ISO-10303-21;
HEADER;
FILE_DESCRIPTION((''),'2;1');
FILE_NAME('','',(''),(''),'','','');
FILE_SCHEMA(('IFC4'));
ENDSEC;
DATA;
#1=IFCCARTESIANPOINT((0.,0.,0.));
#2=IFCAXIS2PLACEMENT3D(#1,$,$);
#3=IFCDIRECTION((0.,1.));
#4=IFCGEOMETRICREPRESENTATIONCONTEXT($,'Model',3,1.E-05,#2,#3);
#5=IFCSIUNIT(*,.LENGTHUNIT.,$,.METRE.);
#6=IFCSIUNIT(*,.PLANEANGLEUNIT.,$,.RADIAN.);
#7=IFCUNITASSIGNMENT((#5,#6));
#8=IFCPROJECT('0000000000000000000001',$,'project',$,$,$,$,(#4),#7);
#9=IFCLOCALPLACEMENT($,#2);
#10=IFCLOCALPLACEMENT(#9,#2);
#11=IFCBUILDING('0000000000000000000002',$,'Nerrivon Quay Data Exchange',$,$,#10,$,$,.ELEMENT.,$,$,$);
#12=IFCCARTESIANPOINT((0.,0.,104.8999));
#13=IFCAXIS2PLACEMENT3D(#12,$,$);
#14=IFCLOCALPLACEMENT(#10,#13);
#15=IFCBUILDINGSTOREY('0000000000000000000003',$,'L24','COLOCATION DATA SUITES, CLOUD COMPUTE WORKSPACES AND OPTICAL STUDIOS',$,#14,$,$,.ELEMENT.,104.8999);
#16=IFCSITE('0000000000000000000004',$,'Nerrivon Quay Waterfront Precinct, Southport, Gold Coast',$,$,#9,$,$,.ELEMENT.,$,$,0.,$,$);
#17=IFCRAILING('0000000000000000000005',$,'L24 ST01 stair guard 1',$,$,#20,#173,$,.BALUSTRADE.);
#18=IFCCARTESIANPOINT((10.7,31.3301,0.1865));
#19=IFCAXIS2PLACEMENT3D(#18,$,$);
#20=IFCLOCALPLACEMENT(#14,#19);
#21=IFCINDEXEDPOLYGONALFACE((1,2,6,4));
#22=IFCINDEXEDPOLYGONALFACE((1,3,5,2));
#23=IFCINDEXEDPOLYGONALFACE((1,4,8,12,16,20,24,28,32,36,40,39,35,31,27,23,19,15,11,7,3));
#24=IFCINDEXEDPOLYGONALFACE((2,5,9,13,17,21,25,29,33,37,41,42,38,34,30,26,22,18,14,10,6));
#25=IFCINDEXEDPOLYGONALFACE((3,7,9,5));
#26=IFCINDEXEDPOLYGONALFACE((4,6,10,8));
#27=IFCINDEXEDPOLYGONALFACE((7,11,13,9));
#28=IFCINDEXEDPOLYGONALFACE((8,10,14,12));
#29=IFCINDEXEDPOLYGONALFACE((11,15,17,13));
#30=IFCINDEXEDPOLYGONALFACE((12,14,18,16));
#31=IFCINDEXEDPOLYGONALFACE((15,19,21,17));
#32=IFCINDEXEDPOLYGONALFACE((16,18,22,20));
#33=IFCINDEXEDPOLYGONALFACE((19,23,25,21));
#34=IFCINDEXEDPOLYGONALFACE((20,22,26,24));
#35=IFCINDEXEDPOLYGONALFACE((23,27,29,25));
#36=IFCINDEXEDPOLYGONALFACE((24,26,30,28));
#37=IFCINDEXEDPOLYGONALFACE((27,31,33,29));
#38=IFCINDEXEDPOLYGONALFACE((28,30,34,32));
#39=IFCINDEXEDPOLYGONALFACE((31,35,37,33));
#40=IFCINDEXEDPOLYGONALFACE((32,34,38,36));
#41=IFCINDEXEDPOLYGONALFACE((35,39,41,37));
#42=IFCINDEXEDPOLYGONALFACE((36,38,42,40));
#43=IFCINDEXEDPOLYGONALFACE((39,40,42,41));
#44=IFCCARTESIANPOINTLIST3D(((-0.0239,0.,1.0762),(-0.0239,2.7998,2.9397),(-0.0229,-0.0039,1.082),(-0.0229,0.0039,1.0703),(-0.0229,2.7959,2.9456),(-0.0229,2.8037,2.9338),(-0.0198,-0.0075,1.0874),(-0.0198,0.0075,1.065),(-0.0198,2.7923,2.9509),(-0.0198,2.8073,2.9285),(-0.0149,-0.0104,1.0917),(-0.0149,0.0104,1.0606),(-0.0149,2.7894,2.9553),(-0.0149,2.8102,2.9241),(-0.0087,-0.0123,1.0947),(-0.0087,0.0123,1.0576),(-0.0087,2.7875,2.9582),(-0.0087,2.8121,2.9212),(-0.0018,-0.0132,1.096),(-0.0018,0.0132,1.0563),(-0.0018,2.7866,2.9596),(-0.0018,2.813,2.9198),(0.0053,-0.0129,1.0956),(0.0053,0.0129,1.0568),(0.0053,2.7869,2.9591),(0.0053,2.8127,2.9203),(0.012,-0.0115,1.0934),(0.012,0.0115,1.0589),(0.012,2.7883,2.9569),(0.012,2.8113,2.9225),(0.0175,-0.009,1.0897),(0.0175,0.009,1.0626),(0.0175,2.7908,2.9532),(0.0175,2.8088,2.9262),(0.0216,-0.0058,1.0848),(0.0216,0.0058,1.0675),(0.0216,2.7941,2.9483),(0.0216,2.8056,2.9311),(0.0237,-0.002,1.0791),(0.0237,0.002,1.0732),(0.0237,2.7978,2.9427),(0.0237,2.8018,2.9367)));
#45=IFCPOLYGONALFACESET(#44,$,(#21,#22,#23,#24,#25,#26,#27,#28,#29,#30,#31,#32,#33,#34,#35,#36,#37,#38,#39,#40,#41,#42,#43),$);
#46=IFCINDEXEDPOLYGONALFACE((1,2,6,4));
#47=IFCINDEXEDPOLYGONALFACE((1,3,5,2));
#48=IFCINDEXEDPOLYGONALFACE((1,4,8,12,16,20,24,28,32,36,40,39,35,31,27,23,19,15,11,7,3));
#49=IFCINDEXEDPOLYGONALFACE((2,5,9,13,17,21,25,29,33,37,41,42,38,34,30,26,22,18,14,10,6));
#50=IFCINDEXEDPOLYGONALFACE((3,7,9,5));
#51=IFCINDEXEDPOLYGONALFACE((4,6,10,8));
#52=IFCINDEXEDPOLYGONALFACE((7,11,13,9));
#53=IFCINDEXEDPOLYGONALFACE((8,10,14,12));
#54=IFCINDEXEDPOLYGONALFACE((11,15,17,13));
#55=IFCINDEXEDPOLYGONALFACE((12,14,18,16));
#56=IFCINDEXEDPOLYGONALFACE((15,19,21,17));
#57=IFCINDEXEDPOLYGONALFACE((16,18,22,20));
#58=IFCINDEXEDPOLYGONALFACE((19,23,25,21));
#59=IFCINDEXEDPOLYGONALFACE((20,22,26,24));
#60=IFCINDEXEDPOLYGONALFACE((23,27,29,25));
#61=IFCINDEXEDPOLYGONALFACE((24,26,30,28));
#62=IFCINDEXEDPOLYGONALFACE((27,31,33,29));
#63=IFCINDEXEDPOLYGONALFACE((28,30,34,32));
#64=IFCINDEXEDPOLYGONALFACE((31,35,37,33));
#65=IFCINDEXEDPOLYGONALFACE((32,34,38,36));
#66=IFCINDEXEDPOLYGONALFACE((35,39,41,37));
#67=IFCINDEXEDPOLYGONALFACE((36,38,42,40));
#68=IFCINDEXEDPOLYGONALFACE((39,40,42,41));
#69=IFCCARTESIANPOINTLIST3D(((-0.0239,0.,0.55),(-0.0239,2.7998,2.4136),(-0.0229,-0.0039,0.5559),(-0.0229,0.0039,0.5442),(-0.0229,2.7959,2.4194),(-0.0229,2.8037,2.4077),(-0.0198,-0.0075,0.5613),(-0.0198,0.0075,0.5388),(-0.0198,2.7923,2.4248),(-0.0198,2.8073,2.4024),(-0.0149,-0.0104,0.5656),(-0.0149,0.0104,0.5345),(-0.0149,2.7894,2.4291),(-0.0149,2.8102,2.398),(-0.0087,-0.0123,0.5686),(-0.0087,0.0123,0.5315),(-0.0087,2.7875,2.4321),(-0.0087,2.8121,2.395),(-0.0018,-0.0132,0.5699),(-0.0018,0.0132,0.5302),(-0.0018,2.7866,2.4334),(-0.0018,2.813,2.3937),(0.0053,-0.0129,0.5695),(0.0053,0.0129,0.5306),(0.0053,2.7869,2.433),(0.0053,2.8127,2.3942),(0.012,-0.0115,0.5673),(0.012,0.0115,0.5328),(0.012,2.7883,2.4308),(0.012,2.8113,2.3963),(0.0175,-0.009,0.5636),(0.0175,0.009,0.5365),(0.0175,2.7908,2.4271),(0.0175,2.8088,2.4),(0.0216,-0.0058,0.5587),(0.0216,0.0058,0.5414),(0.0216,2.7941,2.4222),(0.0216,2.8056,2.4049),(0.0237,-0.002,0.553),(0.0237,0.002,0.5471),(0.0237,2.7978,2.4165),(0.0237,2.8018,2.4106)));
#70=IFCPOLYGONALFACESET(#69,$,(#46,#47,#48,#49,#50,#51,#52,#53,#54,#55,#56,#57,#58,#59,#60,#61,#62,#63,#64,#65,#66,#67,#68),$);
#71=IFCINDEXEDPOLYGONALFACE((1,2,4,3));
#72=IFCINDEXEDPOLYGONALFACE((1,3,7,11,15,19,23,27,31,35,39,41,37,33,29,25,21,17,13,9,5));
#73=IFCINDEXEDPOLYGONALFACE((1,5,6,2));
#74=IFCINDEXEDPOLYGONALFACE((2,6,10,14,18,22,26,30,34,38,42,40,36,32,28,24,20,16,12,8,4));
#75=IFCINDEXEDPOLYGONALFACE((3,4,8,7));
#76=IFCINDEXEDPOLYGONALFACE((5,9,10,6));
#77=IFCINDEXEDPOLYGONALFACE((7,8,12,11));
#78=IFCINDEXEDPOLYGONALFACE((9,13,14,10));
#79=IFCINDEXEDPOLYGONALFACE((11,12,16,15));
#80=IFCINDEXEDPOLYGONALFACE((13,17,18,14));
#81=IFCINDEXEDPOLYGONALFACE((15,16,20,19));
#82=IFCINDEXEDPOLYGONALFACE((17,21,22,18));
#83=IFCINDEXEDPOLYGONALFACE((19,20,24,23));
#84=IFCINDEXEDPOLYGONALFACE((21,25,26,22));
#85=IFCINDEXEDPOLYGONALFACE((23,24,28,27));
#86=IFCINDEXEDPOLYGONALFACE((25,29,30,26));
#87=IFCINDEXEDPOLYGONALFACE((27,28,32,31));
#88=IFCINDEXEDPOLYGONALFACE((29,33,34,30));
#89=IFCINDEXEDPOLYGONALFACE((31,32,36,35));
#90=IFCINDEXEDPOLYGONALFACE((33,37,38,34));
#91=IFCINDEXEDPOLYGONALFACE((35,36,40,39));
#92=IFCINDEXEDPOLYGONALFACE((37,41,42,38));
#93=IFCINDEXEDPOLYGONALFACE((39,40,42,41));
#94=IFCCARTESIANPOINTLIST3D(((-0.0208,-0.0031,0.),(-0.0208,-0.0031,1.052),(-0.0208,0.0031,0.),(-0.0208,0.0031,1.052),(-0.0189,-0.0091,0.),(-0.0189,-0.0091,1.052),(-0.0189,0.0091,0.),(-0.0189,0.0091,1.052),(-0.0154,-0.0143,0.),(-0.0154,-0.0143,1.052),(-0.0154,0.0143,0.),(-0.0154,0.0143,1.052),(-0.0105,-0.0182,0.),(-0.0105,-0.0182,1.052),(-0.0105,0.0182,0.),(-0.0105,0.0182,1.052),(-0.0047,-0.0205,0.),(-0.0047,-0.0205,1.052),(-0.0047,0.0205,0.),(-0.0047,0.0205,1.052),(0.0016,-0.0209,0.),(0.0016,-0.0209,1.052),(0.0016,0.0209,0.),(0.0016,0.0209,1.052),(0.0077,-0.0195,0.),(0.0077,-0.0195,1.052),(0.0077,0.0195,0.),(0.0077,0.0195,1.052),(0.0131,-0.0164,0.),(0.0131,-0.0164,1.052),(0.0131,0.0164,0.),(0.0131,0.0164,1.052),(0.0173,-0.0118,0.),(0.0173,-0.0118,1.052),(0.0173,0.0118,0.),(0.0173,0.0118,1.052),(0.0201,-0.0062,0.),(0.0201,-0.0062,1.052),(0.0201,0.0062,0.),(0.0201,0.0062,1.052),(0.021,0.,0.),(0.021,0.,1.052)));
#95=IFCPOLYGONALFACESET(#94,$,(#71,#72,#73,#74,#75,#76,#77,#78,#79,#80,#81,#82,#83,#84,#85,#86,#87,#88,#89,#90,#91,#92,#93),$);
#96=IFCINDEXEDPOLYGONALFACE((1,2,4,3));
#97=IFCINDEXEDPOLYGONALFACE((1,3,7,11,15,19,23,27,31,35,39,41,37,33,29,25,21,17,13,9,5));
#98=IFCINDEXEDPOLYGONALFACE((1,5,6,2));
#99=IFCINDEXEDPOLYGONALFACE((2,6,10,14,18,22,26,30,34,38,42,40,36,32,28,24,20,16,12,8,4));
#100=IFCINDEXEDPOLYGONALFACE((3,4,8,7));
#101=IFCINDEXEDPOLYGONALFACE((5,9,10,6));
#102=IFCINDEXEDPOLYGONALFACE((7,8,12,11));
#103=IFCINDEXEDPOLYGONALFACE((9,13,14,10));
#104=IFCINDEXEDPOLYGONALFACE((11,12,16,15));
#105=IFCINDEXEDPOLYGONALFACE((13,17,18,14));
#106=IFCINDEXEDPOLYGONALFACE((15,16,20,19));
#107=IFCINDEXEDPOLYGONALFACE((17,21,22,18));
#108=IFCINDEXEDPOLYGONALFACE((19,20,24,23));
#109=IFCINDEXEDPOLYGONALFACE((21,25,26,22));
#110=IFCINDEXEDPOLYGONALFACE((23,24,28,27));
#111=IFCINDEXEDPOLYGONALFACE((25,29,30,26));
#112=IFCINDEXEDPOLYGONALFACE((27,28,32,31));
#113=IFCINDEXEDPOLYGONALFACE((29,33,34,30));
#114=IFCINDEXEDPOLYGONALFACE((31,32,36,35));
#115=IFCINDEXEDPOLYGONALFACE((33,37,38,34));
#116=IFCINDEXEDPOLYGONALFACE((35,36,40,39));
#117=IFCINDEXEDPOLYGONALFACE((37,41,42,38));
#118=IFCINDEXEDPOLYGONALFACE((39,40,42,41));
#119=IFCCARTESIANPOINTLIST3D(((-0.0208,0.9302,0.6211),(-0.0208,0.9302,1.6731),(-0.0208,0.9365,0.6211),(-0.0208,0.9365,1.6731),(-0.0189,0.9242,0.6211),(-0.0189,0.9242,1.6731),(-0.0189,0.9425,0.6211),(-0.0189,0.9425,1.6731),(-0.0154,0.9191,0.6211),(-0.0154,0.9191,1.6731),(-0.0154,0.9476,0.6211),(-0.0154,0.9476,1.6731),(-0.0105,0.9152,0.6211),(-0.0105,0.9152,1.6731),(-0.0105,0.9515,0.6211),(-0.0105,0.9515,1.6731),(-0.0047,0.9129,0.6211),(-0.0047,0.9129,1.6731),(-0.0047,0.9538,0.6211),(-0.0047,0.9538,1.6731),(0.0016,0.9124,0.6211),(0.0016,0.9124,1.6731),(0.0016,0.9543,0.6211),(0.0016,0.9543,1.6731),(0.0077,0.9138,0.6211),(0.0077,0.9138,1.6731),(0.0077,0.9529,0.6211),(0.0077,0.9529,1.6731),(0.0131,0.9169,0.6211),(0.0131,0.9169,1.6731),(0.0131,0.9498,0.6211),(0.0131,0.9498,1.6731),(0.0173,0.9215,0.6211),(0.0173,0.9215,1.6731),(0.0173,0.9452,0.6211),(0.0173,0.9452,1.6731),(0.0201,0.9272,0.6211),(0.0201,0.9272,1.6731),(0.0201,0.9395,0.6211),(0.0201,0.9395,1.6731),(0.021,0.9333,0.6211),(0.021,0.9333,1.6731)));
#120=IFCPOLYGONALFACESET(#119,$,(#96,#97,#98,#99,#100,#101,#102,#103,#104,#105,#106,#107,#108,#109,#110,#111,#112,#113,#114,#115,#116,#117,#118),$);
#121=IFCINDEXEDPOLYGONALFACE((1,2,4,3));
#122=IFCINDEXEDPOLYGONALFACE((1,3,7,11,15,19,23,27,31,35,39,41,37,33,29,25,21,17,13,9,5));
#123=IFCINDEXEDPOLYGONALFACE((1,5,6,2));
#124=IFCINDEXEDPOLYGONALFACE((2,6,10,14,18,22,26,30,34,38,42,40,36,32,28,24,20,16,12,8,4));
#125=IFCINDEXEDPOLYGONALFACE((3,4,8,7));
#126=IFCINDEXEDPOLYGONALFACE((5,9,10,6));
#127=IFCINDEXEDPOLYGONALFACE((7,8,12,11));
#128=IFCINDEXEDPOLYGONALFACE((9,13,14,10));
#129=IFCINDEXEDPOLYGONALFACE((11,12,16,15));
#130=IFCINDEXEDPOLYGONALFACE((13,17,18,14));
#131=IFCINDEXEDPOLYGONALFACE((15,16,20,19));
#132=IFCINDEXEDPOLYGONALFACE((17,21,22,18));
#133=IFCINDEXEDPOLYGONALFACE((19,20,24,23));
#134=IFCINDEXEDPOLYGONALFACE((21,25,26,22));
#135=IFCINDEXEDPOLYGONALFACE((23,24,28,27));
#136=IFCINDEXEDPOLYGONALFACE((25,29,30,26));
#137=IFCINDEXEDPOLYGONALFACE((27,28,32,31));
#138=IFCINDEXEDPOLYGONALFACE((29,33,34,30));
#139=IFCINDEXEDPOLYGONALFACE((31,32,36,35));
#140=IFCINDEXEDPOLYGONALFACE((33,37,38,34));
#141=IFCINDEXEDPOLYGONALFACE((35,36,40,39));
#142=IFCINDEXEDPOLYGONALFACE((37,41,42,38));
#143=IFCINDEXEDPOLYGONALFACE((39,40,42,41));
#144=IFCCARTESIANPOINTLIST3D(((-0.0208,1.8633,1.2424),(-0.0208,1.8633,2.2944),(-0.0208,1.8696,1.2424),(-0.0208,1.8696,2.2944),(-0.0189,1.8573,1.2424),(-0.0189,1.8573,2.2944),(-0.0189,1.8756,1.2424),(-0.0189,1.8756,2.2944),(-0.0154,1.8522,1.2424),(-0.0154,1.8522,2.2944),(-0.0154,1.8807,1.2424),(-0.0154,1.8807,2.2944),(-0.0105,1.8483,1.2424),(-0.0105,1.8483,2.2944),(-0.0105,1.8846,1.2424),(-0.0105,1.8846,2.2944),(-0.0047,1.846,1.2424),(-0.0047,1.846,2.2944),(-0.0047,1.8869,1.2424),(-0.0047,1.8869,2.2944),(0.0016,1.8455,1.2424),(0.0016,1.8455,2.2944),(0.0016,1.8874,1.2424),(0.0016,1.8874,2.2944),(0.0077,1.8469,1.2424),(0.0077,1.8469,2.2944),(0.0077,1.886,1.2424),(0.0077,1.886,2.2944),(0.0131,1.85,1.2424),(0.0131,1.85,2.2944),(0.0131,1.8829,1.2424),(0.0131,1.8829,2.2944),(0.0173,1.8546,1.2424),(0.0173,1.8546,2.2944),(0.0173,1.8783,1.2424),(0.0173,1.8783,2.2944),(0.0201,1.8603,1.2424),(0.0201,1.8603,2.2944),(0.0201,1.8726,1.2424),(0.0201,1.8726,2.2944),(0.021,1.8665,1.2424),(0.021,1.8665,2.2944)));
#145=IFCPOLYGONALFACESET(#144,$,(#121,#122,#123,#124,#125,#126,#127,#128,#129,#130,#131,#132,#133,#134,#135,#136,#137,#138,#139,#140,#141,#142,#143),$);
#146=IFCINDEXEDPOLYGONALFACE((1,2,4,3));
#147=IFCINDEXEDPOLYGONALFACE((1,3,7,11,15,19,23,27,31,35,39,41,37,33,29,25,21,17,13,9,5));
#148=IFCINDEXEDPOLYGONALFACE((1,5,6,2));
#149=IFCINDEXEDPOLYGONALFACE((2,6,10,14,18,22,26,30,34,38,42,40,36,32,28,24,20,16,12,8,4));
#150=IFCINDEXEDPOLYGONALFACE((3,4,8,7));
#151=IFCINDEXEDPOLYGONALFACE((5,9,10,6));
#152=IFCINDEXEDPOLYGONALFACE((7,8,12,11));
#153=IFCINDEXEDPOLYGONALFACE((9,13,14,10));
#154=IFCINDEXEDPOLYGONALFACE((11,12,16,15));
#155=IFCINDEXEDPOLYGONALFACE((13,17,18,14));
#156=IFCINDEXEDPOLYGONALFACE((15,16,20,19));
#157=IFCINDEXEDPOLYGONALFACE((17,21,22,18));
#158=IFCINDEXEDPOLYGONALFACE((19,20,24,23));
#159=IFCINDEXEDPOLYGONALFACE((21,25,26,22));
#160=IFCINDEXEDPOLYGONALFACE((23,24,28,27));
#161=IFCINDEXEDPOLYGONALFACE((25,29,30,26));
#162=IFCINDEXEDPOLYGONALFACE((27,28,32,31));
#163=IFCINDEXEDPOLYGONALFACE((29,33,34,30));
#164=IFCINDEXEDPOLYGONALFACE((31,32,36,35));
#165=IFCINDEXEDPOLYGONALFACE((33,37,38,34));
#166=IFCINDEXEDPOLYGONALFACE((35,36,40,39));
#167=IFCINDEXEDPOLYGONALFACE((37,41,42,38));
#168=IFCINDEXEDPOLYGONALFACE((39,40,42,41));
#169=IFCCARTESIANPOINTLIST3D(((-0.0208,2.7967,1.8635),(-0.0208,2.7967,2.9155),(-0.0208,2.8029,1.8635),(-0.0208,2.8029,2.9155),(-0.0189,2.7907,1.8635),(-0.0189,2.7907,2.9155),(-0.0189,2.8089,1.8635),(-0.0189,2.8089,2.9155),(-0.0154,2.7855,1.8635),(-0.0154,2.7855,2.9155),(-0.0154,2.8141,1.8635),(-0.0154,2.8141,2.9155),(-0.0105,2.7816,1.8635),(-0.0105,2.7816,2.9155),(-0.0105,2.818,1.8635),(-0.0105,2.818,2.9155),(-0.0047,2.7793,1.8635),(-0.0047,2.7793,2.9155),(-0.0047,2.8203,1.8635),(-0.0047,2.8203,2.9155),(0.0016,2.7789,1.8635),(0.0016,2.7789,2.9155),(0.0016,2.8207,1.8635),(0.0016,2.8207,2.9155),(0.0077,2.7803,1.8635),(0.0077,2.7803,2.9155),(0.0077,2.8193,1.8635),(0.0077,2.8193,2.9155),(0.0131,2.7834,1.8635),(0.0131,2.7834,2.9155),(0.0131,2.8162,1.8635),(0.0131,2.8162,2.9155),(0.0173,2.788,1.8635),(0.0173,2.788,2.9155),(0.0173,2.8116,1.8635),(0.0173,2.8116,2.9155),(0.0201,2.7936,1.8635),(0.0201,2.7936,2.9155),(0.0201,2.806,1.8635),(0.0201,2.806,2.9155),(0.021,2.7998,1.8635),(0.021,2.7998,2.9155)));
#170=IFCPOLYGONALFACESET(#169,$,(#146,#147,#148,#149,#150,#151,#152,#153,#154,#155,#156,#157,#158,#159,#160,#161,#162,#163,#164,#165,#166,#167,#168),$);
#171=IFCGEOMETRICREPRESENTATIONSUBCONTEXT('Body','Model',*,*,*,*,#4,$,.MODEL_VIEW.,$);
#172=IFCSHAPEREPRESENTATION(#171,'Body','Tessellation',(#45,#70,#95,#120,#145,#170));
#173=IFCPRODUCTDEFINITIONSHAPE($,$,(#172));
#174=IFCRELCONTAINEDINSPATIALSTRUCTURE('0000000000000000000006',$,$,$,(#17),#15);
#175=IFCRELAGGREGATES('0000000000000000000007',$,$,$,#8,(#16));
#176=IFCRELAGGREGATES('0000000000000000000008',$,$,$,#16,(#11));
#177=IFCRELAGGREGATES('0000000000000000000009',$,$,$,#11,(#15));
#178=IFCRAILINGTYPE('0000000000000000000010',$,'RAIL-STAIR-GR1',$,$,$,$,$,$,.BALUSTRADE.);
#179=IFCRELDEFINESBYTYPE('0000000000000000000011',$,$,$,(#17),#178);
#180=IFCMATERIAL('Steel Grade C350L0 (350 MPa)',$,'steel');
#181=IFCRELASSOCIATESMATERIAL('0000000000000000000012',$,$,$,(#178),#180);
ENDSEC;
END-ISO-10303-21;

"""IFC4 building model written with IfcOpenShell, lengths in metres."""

from ifc_helpers import new_model, si_unit, direction, frame, origin, origin_2d, place, context, subcontext, project, spatial, circle, extrude, material, type_object, element, save


model = new_model("IFC4")

# Units and contexts
model_context = context("Model", 3, precision=1e-05, world=origin(), true_north=direction((0.0, 1.0)))
body_context = subcontext(model_context, "Body", "Model", "MODEL_VIEW")
ifc_project = project(units=[si_unit("LENGTHUNIT", "METRE"), si_unit("PLANEANGLEUNIT", "RADIAN")], contexts=[model_context])

# Site, building, storey
site_placement = place(None, origin())
site = spatial("IfcSite", under=ifc_project, at=site_placement, Name="Nerrivon Quay Waterfront Precinct, Southport, Gold Coast", CompositionType="ELEMENT", RefElevation=0.0)
building_placement = place(site_placement, origin())
building = spatial("IfcBuilding", under=site, at=building_placement, Name="Nerrivon Quay Data Exchange", CompositionType="ELEMENT")
storey_placement = place(building_placement, frame((0.0, 0.0, 104.8999)))
storey = spatial("IfcBuildingStorey", under=building, at=storey_placement, Name="L24", Description="COLOCATION DATA SUITES, CLOUD COMPUTE WORKSPACES AND OPTICAL STUDIOS", CompositionType="ELEMENT", Elevation=104.8999)

# Railing
ifc_material_1 = material(Name="Steel Grade C350L0 (350 MPa)", Category="steel")
railing_type_1 = type_object("IfcRailingType", Name="RAIL-STAIR-GR1", PredefinedType="BALUSTRADE", material=ifc_material_1)
railing_1_placement = place(storey_placement, frame((10.7, 31.3301, 0.1865)))
element("IfcRailing", 1, at=railing_1_placement, inside=storey, type_object=railing_type_1, Name="L24 ST01 stair guard 1", PredefinedType="BALUSTRADE", context=body_context, shape_type="SweptSolid", body=[
    extrude(circle(Radius=0.0239, at=origin_2d()), frame((0.0, 0.0, 1.0762), z_axis=(0.0, 0.832463, 0.55408), x_axis=(-1.0, 0.0, 0.0)), (0.0, 0.0, 1.0), 3.3633),
    extrude(circle(Radius=0.0239, at=origin_2d()), frame((0.0, 0.0, 0.55), z_axis=(0.0, 0.832463, 0.55408), x_axis=(-1.0, 0.0, 0.0)), (0.0, 0.0, 1.0), 3.3633),
    extrude(circle(Radius=0.021, at=origin_2d()), origin(), (0.0, 0.0, 1.0), 1.052),
    extrude(circle(Radius=0.021, at=origin_2d()), frame((0.0, 0.9333, 0.6211)), (0.0, 0.0, 1.0), 1.052),
    extrude(circle(Radius=0.021, at=origin_2d()), frame((0.0, 1.8665, 1.2424)), (0.0, 0.0, 1.0), 1.052),
    extrude(circle(Radius=0.021, at=origin_2d()), frame((0.0, 2.7998, 1.8635)), (0.0, 0.0, 1.0), 1.052),
])

save(model, "model.ifc")
